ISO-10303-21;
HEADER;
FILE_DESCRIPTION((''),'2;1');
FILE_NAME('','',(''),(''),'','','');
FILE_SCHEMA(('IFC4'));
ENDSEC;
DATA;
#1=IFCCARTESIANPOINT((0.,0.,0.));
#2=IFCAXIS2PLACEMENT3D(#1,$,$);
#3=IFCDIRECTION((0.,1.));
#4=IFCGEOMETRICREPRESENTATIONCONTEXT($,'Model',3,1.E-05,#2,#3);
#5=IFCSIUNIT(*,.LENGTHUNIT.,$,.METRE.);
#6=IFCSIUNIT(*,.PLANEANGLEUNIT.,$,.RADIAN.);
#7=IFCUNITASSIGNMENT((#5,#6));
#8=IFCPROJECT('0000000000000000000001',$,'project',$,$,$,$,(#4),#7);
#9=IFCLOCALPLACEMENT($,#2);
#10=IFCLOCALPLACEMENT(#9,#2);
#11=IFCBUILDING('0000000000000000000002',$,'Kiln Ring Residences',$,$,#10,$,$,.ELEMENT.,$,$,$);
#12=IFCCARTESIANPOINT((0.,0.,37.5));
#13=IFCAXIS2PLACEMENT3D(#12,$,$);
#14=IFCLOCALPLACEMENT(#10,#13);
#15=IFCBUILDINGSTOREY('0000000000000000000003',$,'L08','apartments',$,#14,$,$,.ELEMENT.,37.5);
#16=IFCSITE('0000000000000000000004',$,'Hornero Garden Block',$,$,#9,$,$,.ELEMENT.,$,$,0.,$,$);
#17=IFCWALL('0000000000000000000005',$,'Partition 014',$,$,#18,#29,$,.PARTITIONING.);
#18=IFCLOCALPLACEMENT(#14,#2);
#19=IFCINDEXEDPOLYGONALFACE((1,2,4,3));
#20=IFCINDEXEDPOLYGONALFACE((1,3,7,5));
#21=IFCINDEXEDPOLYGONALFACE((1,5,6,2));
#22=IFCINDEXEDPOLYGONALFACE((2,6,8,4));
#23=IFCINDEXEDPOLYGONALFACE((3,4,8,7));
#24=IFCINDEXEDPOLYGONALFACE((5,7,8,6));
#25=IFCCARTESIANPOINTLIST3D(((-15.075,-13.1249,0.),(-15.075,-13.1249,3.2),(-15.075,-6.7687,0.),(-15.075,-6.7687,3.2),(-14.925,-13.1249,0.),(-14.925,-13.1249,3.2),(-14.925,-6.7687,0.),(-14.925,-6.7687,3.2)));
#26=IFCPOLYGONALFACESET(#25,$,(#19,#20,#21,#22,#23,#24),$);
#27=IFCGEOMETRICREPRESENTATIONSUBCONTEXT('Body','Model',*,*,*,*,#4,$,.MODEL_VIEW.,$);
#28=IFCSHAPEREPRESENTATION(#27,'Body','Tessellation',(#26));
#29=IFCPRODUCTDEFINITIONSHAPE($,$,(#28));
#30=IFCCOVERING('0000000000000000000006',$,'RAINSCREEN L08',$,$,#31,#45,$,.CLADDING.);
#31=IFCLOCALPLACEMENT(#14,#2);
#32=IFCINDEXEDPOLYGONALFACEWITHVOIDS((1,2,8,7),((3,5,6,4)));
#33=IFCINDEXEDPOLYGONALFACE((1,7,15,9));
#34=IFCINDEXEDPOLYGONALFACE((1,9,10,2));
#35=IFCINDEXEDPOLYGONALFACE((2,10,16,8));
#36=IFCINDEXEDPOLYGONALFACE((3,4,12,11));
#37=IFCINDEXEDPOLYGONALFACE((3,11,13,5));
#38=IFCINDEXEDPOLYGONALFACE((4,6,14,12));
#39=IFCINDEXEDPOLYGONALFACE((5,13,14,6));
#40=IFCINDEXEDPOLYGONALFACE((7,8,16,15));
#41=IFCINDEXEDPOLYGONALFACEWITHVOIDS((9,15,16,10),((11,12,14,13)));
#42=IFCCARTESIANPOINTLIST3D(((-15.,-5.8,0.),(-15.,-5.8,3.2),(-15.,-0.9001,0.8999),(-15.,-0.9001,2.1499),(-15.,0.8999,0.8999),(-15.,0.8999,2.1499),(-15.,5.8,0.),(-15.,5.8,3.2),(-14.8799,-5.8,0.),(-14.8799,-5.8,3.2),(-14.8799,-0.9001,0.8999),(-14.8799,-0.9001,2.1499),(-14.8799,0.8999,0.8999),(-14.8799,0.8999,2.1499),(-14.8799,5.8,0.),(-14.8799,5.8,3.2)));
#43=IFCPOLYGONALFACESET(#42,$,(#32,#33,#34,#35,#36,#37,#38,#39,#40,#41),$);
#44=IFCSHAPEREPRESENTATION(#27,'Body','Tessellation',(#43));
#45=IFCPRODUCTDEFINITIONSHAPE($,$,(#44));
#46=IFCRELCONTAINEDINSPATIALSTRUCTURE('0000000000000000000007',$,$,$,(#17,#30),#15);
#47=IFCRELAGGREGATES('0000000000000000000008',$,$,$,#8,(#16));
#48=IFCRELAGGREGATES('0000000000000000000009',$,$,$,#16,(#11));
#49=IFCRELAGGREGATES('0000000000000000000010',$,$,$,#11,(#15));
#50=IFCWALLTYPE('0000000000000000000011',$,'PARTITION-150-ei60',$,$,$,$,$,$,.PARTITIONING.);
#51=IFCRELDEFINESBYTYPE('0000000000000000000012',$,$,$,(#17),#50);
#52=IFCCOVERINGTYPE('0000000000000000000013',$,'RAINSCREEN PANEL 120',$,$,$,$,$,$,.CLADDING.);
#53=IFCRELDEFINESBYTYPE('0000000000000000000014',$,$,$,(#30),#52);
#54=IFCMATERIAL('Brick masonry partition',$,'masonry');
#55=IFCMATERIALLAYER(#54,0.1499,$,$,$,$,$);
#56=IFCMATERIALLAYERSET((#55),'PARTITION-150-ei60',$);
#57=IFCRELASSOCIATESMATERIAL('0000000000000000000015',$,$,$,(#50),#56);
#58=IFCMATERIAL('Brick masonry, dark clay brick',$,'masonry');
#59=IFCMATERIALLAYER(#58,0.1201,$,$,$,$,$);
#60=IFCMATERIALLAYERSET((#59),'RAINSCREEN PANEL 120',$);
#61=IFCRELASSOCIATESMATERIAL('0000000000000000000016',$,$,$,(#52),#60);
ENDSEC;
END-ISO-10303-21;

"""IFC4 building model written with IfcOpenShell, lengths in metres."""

from ifc_helpers import new_model, si_unit, direction, frame, frame_2d, origin, place, context, subcontext, project, spatial, polyline, rectangle, outline, extrude, material, layer, layer_set, type_object, element, save


model = new_model("IFC4")

# Units and contexts
model_context = context("Model", 3, precision=1e-05, world=origin(), true_north=direction((0.0, 1.0)))
body_context = subcontext(model_context, "Body", "Model", "MODEL_VIEW")
ifc_project = project(units=[si_unit("LENGTHUNIT", "METRE"), si_unit("PLANEANGLEUNIT", "RADIAN")], contexts=[model_context])

# Site, building, storey
site_placement = place(None, origin())
site = spatial("IfcSite", under=ifc_project, at=site_placement, Name="Hornero Garden Block", CompositionType="ELEMENT", RefElevation=0.0)
building_placement = place(site_placement, origin())
building = spatial("IfcBuilding", under=site, at=building_placement, Name="Kiln Ring Residences", CompositionType="ELEMENT")
storey_placement = place(building_placement, frame((0.0, 0.0, 37.5)))
storey = spatial("IfcBuildingStorey", under=building, at=storey_placement, Name="L08", Description="apartments", CompositionType="ELEMENT", Elevation=37.5)

# Shared definitions
ifc_material_1 = material(Name="Brick masonry partition", Category="masonry")
ifc_layer_1 = layer(ifc_material_1, 0.1499)
ifc_layer_set_1 = layer_set([ifc_layer_1], Name="PARTITION-150-ei60")
wall_type_1 = type_object("IfcWallType", Name="PARTITION-150-ei60", PredefinedType="PARTITIONING", material=ifc_layer_set_1)

# Wall
wall_1_placement = place(storey_placement, frame((-15.0, -13.125, 0.0), z_axis=(0.0, 0.0, 1.0), x_axis=(0.0, 1.0, 0.0)))
element("IfcWall", 1, at=wall_1_placement, inside=storey, type_object=wall_type_1, Name="Partition 014", PredefinedType="PARTITIONING", context=body_context, shape_type="SweptSolid", body=[
    extrude(rectangle(XDim=6.3562, YDim=0.1499, at=frame_2d((3.1782, 0.0))), origin(), (0.0, 0.0, 1.0), 3.2),
])

# Covering
ifc_material_2 = material(Name="Brick masonry, dark clay brick", Category="masonry")
ifc_layer_2 = layer(ifc_material_2, 0.1201)
ifc_layer_set_2 = layer_set([ifc_layer_2], Name="RAINSCREEN PANEL 120")
covering_type = type_object("IfcCoveringType", Name="RAINSCREEN PANEL 120", PredefinedType="CLADDING", material=ifc_layer_set_2)
covering_placement = place(storey_placement, frame((-14.9399, -5.8, 0.0), z_axis=(0.0, 0.0, 1.0), x_axis=(0.0, 1.0, 0.0)))
element("IfcCovering", 2, at=covering_placement, inside=storey, type_object=covering_type, Name="RAINSCREEN L08", PredefinedType="CLADDING", context=body_context, shape_type="SweptSolid", body=[
    extrude(outline(polyline([(0.0, 0.0), (11.6001, 0.0), (11.6001, 3.2), (0.0, 3.2), (0.0, 0.0)]), holes=[polyline([(4.8999, 2.1499), (4.8999, 0.8999), (6.7, 0.8999), (6.7, 2.1499), (4.8999, 2.1499)])]), frame((0.0, 0.0601, 0.0), z_axis=(0.0, -1.0, 0.0), x_axis=(1.0, 0.0, 0.0)), (0.0, 0.0, 1.0), 0.1201),
])

save(model, "model.ifc")
